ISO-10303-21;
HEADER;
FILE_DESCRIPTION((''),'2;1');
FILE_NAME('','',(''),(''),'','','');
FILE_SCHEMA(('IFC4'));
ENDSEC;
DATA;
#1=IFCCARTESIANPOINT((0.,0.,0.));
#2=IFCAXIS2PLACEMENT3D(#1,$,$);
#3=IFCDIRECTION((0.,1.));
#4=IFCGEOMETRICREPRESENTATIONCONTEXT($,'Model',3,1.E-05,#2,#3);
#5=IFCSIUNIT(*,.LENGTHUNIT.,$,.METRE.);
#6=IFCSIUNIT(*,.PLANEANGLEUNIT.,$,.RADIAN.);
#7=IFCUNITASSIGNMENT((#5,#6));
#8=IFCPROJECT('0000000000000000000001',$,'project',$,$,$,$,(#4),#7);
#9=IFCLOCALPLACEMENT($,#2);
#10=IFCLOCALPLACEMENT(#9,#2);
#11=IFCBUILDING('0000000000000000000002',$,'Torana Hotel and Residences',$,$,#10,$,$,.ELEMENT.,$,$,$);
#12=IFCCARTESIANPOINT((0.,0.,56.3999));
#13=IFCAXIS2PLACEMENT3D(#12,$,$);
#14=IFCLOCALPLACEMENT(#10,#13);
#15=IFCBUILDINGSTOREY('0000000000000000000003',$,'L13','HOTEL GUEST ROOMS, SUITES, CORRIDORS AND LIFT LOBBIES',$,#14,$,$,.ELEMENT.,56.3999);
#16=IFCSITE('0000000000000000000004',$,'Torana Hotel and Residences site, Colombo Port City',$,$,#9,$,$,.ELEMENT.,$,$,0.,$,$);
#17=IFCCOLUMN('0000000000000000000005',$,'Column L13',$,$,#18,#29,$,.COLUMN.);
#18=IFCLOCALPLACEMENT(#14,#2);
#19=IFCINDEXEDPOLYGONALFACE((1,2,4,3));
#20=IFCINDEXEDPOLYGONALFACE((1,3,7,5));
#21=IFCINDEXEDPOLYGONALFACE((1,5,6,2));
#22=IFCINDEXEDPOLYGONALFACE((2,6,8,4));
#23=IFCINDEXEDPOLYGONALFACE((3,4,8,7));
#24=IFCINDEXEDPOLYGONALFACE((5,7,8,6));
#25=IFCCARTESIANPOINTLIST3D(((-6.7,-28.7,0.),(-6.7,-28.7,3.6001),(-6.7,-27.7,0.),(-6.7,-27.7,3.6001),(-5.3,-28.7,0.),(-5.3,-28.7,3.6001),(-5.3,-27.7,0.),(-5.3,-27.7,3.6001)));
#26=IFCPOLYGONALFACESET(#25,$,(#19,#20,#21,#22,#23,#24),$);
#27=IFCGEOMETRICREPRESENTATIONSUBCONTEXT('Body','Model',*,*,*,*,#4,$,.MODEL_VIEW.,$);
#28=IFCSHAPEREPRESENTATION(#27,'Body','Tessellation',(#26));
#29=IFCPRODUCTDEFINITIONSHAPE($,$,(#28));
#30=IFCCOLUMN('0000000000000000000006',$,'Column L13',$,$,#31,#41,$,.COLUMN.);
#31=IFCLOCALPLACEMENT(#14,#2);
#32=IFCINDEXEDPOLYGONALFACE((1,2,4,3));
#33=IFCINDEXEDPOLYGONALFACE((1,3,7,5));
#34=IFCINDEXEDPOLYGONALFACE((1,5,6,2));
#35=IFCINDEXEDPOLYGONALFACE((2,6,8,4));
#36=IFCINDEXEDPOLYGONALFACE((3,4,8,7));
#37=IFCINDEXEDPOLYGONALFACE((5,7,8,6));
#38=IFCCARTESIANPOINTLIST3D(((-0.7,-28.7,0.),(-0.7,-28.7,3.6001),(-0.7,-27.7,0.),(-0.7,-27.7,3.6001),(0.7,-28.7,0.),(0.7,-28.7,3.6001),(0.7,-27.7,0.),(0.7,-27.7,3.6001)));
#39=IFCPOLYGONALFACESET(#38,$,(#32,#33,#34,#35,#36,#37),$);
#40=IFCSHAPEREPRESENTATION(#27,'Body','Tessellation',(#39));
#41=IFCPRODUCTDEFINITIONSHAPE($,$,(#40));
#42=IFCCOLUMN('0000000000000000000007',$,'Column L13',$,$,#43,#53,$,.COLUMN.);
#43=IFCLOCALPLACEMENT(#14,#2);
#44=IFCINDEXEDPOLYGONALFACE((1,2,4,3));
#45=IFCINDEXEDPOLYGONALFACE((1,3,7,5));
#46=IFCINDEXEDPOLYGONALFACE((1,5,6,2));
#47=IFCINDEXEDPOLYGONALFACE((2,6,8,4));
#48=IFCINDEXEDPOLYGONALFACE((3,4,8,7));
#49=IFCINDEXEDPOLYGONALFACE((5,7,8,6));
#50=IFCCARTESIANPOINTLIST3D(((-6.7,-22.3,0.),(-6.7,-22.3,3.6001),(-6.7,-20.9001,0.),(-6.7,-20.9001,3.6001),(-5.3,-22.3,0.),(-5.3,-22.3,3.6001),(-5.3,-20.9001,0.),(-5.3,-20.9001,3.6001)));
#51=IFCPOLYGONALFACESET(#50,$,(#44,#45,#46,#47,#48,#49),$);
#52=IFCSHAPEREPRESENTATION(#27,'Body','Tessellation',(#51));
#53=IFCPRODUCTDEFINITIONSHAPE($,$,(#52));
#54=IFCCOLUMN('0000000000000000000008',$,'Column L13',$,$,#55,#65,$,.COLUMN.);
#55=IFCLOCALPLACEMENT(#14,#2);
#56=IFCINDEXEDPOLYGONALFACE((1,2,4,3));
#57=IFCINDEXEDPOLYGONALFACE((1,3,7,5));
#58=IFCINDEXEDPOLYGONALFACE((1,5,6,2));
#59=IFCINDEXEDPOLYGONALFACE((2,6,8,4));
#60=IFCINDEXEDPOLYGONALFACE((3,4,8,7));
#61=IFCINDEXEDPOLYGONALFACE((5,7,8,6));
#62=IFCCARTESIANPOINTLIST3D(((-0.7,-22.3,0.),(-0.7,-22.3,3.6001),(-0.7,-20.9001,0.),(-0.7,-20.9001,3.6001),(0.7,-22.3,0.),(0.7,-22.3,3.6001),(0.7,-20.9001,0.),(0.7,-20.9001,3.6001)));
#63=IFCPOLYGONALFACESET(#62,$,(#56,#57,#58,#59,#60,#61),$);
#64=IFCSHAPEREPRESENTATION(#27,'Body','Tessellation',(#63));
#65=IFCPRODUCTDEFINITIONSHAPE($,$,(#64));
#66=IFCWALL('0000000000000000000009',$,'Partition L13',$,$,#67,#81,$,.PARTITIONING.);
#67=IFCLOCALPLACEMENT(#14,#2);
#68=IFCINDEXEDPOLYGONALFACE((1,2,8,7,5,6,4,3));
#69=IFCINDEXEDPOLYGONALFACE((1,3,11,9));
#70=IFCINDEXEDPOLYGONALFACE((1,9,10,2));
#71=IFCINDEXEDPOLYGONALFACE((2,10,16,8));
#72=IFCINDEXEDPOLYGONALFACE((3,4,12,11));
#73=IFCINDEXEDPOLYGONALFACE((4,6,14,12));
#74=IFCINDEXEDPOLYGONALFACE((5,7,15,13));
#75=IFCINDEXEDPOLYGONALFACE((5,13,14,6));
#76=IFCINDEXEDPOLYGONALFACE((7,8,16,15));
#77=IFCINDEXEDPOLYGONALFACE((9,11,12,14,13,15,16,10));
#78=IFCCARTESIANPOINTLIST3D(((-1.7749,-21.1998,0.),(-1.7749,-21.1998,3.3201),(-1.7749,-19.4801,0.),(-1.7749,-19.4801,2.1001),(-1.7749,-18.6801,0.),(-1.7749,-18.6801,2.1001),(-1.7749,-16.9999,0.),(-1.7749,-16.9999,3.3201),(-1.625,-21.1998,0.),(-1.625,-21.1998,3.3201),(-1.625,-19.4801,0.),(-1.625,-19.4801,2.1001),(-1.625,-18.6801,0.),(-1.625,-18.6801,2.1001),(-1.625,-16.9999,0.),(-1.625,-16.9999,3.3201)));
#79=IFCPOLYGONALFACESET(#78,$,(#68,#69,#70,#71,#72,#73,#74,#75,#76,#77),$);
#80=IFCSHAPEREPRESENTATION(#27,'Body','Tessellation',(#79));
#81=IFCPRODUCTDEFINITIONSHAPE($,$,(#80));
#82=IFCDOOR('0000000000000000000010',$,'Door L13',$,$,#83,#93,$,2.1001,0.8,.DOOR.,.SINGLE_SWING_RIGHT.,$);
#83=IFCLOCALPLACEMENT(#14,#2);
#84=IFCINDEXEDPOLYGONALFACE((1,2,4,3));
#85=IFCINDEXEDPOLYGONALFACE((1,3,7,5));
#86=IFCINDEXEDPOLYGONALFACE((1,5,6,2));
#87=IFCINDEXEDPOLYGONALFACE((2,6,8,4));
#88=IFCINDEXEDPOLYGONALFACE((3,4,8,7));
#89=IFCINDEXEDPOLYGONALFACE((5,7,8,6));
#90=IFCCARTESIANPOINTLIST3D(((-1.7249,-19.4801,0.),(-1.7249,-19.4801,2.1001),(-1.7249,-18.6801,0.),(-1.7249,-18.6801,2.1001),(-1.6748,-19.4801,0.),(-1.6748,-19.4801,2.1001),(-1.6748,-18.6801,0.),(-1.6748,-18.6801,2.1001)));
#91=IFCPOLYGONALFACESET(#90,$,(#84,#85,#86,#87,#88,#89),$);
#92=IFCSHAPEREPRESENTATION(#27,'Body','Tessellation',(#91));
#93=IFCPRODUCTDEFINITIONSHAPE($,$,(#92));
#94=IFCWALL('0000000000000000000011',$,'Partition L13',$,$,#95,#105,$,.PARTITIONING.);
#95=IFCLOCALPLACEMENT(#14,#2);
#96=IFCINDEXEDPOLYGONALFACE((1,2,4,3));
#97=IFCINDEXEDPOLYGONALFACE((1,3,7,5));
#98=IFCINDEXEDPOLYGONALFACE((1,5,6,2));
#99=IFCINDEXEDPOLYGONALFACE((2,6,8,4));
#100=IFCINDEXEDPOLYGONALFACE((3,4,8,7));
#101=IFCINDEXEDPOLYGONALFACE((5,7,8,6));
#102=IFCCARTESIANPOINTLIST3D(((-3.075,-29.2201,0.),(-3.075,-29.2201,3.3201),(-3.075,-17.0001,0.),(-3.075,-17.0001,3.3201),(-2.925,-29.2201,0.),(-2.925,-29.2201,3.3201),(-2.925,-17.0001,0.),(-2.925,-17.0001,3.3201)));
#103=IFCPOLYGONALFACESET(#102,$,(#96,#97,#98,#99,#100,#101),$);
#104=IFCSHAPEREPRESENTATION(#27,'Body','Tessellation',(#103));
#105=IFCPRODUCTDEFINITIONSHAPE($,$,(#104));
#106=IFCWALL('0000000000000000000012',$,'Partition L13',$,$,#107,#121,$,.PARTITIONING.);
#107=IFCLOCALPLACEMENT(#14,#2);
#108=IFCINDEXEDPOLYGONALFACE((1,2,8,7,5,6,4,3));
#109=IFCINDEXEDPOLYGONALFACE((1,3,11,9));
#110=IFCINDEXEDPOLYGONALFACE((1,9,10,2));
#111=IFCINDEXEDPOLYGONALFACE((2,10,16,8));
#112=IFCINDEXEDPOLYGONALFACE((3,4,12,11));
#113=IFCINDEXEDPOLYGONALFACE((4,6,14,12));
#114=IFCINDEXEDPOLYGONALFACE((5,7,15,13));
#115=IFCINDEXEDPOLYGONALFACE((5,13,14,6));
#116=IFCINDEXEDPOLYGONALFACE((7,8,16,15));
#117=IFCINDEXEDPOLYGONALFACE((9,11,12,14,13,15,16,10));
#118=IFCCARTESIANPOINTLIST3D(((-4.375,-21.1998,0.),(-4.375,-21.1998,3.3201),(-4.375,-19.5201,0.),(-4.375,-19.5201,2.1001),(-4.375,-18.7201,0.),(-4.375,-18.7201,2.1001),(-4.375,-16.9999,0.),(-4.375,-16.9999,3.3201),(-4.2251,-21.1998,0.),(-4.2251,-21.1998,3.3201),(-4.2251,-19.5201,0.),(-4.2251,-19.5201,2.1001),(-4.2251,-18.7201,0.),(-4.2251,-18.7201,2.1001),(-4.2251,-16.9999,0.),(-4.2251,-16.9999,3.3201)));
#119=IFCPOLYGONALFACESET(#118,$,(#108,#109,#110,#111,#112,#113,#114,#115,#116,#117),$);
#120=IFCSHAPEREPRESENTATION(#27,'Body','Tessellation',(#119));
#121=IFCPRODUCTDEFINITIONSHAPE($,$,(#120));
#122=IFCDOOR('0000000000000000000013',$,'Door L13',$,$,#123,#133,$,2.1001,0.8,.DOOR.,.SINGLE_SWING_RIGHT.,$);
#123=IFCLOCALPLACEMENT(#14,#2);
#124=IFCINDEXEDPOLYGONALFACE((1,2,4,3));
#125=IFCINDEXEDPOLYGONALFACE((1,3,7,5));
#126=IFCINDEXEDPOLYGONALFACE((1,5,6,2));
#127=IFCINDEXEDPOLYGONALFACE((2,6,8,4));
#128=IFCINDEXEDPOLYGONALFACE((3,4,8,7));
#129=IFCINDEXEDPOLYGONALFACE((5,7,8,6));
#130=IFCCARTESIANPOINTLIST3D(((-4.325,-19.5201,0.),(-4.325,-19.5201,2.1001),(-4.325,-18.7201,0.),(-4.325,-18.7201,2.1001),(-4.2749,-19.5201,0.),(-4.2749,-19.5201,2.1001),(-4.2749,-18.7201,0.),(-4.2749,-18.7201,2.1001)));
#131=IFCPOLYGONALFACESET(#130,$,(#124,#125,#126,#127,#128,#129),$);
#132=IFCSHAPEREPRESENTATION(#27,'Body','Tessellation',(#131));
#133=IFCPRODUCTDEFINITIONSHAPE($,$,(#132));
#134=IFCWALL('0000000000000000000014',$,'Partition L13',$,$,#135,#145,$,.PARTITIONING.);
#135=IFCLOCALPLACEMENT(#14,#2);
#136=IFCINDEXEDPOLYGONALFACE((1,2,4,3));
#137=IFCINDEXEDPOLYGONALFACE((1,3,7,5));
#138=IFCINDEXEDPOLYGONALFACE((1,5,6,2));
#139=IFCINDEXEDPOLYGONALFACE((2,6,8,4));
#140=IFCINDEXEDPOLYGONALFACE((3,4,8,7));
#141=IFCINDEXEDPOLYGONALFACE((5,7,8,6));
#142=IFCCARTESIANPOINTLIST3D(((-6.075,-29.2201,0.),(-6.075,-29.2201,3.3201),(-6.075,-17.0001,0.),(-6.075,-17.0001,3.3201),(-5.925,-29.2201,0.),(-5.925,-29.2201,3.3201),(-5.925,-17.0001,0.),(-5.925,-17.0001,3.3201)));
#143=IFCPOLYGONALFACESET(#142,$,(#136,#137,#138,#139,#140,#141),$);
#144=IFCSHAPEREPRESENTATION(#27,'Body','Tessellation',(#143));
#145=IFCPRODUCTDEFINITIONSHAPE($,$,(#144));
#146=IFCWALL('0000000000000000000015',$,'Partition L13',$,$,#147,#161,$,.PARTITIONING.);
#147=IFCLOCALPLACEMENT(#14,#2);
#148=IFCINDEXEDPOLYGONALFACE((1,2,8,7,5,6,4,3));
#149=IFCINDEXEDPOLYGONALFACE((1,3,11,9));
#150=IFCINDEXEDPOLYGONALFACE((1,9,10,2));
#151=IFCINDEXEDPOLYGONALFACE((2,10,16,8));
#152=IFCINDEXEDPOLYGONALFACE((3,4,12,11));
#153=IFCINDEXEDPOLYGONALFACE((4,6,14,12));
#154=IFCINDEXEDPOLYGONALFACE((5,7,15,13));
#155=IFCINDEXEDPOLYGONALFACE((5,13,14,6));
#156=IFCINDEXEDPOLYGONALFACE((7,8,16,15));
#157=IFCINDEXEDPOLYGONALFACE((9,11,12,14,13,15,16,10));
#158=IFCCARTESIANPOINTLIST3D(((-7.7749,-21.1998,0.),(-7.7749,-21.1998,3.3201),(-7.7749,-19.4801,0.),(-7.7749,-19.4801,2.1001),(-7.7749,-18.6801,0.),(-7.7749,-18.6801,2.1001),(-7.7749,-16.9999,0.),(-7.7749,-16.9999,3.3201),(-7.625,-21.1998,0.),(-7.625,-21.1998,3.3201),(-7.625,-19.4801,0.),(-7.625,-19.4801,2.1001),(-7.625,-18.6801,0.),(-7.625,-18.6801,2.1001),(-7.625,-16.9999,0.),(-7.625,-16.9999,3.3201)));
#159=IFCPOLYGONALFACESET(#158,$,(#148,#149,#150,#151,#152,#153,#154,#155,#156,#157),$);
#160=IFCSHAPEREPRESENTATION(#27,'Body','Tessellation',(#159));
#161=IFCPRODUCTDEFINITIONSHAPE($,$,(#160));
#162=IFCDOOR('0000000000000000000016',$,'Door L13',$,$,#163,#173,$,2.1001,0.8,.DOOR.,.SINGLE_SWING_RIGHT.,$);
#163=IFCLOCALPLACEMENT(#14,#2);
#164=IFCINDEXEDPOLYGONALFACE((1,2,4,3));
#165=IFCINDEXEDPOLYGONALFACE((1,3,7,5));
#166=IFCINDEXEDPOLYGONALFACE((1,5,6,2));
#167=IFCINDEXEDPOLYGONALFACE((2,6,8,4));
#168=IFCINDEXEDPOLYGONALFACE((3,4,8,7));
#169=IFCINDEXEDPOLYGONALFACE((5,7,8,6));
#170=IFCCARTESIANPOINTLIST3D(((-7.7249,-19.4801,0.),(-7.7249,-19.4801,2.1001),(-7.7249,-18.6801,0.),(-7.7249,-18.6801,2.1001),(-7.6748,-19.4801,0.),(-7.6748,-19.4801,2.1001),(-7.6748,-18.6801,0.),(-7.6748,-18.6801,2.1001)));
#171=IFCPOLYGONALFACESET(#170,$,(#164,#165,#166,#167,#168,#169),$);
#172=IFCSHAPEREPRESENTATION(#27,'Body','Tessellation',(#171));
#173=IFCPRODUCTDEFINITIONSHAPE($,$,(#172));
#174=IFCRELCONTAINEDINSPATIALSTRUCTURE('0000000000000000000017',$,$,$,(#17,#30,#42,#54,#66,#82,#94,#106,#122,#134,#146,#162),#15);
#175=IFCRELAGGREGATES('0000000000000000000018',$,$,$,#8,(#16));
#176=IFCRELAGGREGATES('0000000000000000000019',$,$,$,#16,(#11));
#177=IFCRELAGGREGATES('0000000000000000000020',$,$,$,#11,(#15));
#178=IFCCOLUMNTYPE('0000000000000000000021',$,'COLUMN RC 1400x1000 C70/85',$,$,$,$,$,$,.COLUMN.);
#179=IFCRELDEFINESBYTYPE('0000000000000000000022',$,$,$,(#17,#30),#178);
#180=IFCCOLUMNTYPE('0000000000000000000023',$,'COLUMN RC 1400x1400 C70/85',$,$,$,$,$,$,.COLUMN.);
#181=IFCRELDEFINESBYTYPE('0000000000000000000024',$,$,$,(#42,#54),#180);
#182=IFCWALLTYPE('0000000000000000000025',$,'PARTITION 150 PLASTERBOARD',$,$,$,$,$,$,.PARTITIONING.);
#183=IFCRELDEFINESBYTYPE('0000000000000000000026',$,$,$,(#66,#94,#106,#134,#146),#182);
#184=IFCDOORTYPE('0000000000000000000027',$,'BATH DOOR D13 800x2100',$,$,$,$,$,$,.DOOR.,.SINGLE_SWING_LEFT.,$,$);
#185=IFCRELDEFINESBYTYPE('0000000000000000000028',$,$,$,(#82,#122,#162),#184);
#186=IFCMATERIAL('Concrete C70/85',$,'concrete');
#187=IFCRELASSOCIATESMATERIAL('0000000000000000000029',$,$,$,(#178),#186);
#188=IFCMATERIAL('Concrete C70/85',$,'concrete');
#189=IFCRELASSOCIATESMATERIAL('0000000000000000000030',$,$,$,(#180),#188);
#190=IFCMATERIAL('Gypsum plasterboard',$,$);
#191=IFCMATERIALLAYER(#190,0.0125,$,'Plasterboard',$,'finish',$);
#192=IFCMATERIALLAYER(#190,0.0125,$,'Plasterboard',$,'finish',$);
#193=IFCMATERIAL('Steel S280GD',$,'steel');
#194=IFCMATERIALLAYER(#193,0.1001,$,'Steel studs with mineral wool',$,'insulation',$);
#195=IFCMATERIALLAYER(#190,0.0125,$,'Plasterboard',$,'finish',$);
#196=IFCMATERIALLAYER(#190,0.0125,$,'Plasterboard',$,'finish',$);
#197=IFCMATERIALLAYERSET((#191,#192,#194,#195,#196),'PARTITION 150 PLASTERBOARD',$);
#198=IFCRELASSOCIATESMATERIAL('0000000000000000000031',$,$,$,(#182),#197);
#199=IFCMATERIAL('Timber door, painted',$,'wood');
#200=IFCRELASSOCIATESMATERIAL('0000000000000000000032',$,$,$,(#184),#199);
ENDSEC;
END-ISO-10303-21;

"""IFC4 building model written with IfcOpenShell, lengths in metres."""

from ifc_helpers import new_model, si_unit, direction, frame, frame_2d, origin, origin_2d, place, context, subcontext, project, spatial, rectangle, extrude, material, layer, layer_set, material_profile, profile_set, type_object, element, fill, save


model = new_model("IFC4")

# Units and contexts
model_context = context("Model", 3, precision=1e-05, world=origin(), true_north=direction((0.0, 1.0)))
body_context = subcontext(model_context, "Body", "Model", "MODEL_VIEW")
ifc_project = project(units=[si_unit("LENGTHUNIT", "METRE"), si_unit("PLANEANGLEUNIT", "RADIAN")], contexts=[model_context])

# Site, building, storey
site_placement = place(None, origin())
site = spatial("IfcSite", under=ifc_project, at=site_placement, Name="Torana Hotel and Residences site, Colombo Port City", CompositionType="ELEMENT", RefElevation=0.0)
building_placement = place(site_placement, origin())
building = spatial("IfcBuilding", under=site, at=building_placement, Name="Torana Hotel and Residences", CompositionType="ELEMENT")
storey_placement = place(building_placement, frame((0.0, 0.0, 56.3999)))
storey = spatial("IfcBuildingStorey", under=building, at=storey_placement, Name="L13", Description="HOTEL GUEST ROOMS, SUITES, CORRIDORS AND LIFT LOBBIES", CompositionType="ELEMENT", Elevation=56.3999)

# Columns
ifc_material_1 = material(Name="Concrete C70/85", Category="concrete")
ifc_material_profile_1 = material_profile(ifc_material_1, rectangle(XDim=1.3999, YDim=1.0, at=origin_2d()), Name="RC 1400x1000")
ifc_profile_set_1 = profile_set([ifc_material_profile_1], Name="Concrete C70/85")
column_type_1 = type_object("IfcColumnType", Name="COLUMN RC 1400x1000 C70/85", PredefinedType="COLUMN", material=ifc_profile_set_1)
for number, where, z_axis, x_axis, name in (
    (1, (-6.0, -28.2, 0.0), (0.0, 0.0, 1.0), (1.0, 0.0, 0.0), "Column L13"),
    (2, (0.0, -28.2, 0.0), (0.0, 0.0, 1.0), (1.0, 0.0, 0.0), "Column L13"),
):
    element("IfcColumn", number, at=place(storey_placement, frame(where, z_axis=z_axis, x_axis=x_axis)), inside=storey, type_object=column_type_1, Name=name, PredefinedType="COLUMN", context=body_context, shape_type="SweptSolid", body=[
        extrude(rectangle(XDim=1.3999, YDim=1.0, at=origin_2d()), origin(), (0.0, 0.0, 1.0), 3.6001),
    ])
ifc_material_2 = material(Name="Concrete C70/85", Category="concrete")
ifc_material_profile_2 = material_profile(ifc_material_2, rectangle(XDim=1.3999, YDim=1.3999, at=origin_2d()), Name="RC 1400x1400")
ifc_profile_set_2 = profile_set([ifc_material_profile_2], Name="Concrete C70/85")
column_type_2 = type_object("IfcColumnType", Name="COLUMN RC 1400x1400 C70/85", PredefinedType="COLUMN", material=ifc_profile_set_2)
for number, where, z_axis, x_axis, name in (
    (3, (-6.0, -21.6001, 0.0), (0.0, 0.0, 1.0), (1.0, 0.0, 0.0), "Column L13"),
    (4, (0.0, -21.6001, 0.0), (0.0, 0.0, 1.0), (1.0, 0.0, 0.0), "Column L13"),
):
    element("IfcColumn", number, at=place(storey_placement, frame(where, z_axis=z_axis, x_axis=x_axis)), inside=storey, type_object=column_type_2, Name=name, PredefinedType="COLUMN", context=body_context, shape_type="SweptSolid", body=[
        extrude(rectangle(XDim=1.3999, YDim=1.3999, at=origin_2d()), origin(), (0.0, 0.0, 1.0), 3.6001),
    ])

# Wall, opening, door
ifc_material_3 = material(Name="Gypsum plasterboard")
ifc_layer_1 = layer(ifc_material_3, 0.0125, Name="Plasterboard", Category="finish")
ifc_layer_2 = layer(ifc_material_3, 0.0125, Name="Plasterboard", Category="finish")
ifc_material_4 = material(Name="Steel S280GD", Category="steel")
ifc_layer_3 = layer(ifc_material_4, 0.1001, Name="Steel studs with mineral wool", Category="insulation")
ifc_layer_4 = layer(ifc_material_3, 0.0125, Name="Plasterboard", Category="finish")
ifc_layer_5 = layer(ifc_material_3, 0.0125, Name="Plasterboard", Category="finish")
ifc_layer_set_1 = layer_set([ifc_layer_1, ifc_layer_2, ifc_layer_3, ifc_layer_4, ifc_layer_5], Name="PARTITION 150 PLASTERBOARD")
wall_type_1 = type_object("IfcWallType", Name="PARTITION 150 PLASTERBOARD", PredefinedType="PARTITIONING", material=ifc_layer_set_1)
wall_1_placement = place(storey_placement, frame((-1.7, -21.2, 0.0), z_axis=(0.0, 0.0, 1.0), x_axis=(0.0, 1.0, 0.0)))
wall_1 = element("IfcWall", 5, at=wall_1_placement, inside=storey, type_object=wall_type_1, Name="Partition L13", PredefinedType="PARTITIONING", context=body_context, shape_type="SweptSolid", body=[
    extrude(rectangle(XDim=4.2, YDim=0.1499, at=frame_2d((2.1001, 0.0))), origin(), (0.0, 0.0, 1.0), 3.3201),
])
opening_1_placement = place(wall_1_placement, frame((1.72, 0.0, 0.0)))
opening_1 = element("IfcOpeningElement", 6, at=opening_1_placement, cuts=wall_1, PredefinedType="OPENING", context=body_context, shape_type="SweptSolid", body=[
    extrude(rectangle(XDim=0.8, YDim=2.1001, at=frame_2d((0.3999, 1.05))), frame((0.0, 0.085, 0.0), z_axis=(0.0, -1.0, 0.0), x_axis=(1.0, 0.0, 0.0)), (0.0, 0.0, 1.0), 0.1699),
])
ifc_material_5 = material(Name="Timber door, painted", Category="wood")
door_type = type_object("IfcDoorType", Name="BATH DOOR D13 800x2100", OperationType="SINGLE_SWING_LEFT", PredefinedType="DOOR", material=ifc_material_5)
door_1_placement = place(opening_1_placement, origin())
door_1 = element("IfcDoor", 7, at=door_1_placement, inside=storey, type_object=door_type, Name="Door L13", OperationType="SINGLE_SWING_RIGHT", OverallHeight=2.1001, OverallWidth=0.8, PredefinedType="DOOR", context=body_context, shape_type="SweptSolid", body=[
    extrude(rectangle(XDim=0.8, YDim=2.1001, at=frame_2d((0.3999, 1.05))), frame((0.0, 0.0249, 0.0), z_axis=(0.0, -1.0, 0.0), x_axis=(1.0, 0.0, 0.0)), (0.0, 0.0, 1.0), 0.05),
])
fill(opening_1, door_1)

# Wall
wall_2_placement = place(storey_placement, frame((-3.0, -29.22, 0.0), z_axis=(0.0, 0.0, 1.0), x_axis=(0.0, 1.0, 0.0)))
element("IfcWall", 8, at=wall_2_placement, inside=storey, type_object=wall_type_1, Name="Partition L13", PredefinedType="PARTITIONING", context=body_context, shape_type="SweptSolid", body=[
    extrude(rectangle(XDim=12.22, YDim=0.1499, at=frame_2d((6.1099, 0.0))), origin(), (0.0, 0.0, 1.0), 3.3201),
])

# Wall, opening, door
wall_3_placement = place(storey_placement, frame((-4.3, -21.2, 0.0), z_axis=(0.0, 0.0, 1.0), x_axis=(0.0, 1.0, 0.0)))
wall_3 = element("IfcWall", 9, at=wall_3_placement, inside=storey, type_object=wall_type_1, Name="Partition L13", PredefinedType="PARTITIONING", context=body_context, shape_type="SweptSolid", body=[
    extrude(rectangle(XDim=4.2, YDim=0.1499, at=frame_2d((2.1001, 0.0))), origin(), (0.0, 0.0, 1.0), 3.3201),
])
opening_2_placement = place(wall_3_placement, frame((1.6799, 0.0, 0.0)))
opening_2 = element("IfcOpeningElement", 10, at=opening_2_placement, cuts=wall_3, PredefinedType="OPENING", context=body_context, shape_type="SweptSolid", body=[
    extrude(rectangle(XDim=0.8, YDim=2.1001, at=frame_2d((0.3999, 1.05))), frame((0.0, 0.085, 0.0), z_axis=(0.0, -1.0, 0.0), x_axis=(1.0, 0.0, 0.0)), (0.0, 0.0, 1.0), 0.1699),
])
door_2_placement = place(opening_2_placement, origin())
door_2 = element("IfcDoor", 11, at=door_2_placement, inside=storey, type_object=door_type, Name="Door L13", OperationType="SINGLE_SWING_RIGHT", OverallHeight=2.1001, OverallWidth=0.8, PredefinedType="DOOR", context=body_context, shape_type="SweptSolid", body=[
    extrude(rectangle(XDim=0.8, YDim=2.1001, at=frame_2d((0.3999, 1.05))), frame((0.0, 0.0249, 0.0), z_axis=(0.0, -1.0, 0.0), x_axis=(1.0, 0.0, 0.0)), (0.0, 0.0, 1.0), 0.05),
])
fill(opening_2, door_2)

# Wall
wall_4_placement = place(storey_placement, frame((-6.0, -29.22, 0.0), z_axis=(0.0, 0.0, 1.0), x_axis=(0.0, 1.0, 0.0)))
element("IfcWall", 12, at=wall_4_placement, inside=storey, type_object=wall_type_1, Name="Partition L13", PredefinedType="PARTITIONING", context=body_context, shape_type="SweptSolid", body=[
    extrude(rectangle(XDim=12.22, YDim=0.1499, at=frame_2d((6.1099, 0.0))), origin(), (0.0, 0.0, 1.0), 3.3201),
])

# Wall, opening, door
wall_5_placement = place(storey_placement, frame((-7.7, -21.2, 0.0), z_axis=(0.0, 0.0, 1.0), x_axis=(0.0, 1.0, 0.0)))
wall_5 = element("IfcWall", 13, at=wall_5_placement, inside=storey, type_object=wall_type_1, Name="Partition L13", PredefinedType="PARTITIONING", context=body_context, shape_type="SweptSolid", body=[
    extrude(rectangle(XDim=4.2, YDim=0.1499, at=frame_2d((2.1001, 0.0))), origin(), (0.0, 0.0, 1.0), 3.3201),
])
opening_3_placement = place(wall_5_placement, frame((1.72, 0.0, 0.0)))
opening_3 = element("IfcOpeningElement", 14, at=opening_3_placement, cuts=wall_5, PredefinedType="OPENING", context=body_context, shape_type="SweptSolid", body=[
    extrude(rectangle(XDim=0.8, YDim=2.1001, at=frame_2d((0.3999, 1.05))), frame((0.0, 0.085, 0.0), z_axis=(0.0, -1.0, 0.0), x_axis=(1.0, 0.0, 0.0)), (0.0, 0.0, 1.0), 0.1699),
])
door_3_placement = place(opening_3_placement, origin())
door_3 = element("IfcDoor", 15, at=door_3_placement, inside=storey, type_object=door_type, Name="Door L13", OperationType="SINGLE_SWING_RIGHT", OverallHeight=2.1001, OverallWidth=0.8, PredefinedType="DOOR", context=body_context, shape_type="SweptSolid", body=[
    extrude(rectangle(XDim=0.8, YDim=2.1001, at=frame_2d((0.3999, 1.05))), frame((0.0, 0.0249, 0.0), z_axis=(0.0, -1.0, 0.0), x_axis=(1.0, 0.0, 0.0)), (0.0, 0.0, 1.0), 0.05),
])
fill(opening_3, door_3)

save(model, "model.ifc")
